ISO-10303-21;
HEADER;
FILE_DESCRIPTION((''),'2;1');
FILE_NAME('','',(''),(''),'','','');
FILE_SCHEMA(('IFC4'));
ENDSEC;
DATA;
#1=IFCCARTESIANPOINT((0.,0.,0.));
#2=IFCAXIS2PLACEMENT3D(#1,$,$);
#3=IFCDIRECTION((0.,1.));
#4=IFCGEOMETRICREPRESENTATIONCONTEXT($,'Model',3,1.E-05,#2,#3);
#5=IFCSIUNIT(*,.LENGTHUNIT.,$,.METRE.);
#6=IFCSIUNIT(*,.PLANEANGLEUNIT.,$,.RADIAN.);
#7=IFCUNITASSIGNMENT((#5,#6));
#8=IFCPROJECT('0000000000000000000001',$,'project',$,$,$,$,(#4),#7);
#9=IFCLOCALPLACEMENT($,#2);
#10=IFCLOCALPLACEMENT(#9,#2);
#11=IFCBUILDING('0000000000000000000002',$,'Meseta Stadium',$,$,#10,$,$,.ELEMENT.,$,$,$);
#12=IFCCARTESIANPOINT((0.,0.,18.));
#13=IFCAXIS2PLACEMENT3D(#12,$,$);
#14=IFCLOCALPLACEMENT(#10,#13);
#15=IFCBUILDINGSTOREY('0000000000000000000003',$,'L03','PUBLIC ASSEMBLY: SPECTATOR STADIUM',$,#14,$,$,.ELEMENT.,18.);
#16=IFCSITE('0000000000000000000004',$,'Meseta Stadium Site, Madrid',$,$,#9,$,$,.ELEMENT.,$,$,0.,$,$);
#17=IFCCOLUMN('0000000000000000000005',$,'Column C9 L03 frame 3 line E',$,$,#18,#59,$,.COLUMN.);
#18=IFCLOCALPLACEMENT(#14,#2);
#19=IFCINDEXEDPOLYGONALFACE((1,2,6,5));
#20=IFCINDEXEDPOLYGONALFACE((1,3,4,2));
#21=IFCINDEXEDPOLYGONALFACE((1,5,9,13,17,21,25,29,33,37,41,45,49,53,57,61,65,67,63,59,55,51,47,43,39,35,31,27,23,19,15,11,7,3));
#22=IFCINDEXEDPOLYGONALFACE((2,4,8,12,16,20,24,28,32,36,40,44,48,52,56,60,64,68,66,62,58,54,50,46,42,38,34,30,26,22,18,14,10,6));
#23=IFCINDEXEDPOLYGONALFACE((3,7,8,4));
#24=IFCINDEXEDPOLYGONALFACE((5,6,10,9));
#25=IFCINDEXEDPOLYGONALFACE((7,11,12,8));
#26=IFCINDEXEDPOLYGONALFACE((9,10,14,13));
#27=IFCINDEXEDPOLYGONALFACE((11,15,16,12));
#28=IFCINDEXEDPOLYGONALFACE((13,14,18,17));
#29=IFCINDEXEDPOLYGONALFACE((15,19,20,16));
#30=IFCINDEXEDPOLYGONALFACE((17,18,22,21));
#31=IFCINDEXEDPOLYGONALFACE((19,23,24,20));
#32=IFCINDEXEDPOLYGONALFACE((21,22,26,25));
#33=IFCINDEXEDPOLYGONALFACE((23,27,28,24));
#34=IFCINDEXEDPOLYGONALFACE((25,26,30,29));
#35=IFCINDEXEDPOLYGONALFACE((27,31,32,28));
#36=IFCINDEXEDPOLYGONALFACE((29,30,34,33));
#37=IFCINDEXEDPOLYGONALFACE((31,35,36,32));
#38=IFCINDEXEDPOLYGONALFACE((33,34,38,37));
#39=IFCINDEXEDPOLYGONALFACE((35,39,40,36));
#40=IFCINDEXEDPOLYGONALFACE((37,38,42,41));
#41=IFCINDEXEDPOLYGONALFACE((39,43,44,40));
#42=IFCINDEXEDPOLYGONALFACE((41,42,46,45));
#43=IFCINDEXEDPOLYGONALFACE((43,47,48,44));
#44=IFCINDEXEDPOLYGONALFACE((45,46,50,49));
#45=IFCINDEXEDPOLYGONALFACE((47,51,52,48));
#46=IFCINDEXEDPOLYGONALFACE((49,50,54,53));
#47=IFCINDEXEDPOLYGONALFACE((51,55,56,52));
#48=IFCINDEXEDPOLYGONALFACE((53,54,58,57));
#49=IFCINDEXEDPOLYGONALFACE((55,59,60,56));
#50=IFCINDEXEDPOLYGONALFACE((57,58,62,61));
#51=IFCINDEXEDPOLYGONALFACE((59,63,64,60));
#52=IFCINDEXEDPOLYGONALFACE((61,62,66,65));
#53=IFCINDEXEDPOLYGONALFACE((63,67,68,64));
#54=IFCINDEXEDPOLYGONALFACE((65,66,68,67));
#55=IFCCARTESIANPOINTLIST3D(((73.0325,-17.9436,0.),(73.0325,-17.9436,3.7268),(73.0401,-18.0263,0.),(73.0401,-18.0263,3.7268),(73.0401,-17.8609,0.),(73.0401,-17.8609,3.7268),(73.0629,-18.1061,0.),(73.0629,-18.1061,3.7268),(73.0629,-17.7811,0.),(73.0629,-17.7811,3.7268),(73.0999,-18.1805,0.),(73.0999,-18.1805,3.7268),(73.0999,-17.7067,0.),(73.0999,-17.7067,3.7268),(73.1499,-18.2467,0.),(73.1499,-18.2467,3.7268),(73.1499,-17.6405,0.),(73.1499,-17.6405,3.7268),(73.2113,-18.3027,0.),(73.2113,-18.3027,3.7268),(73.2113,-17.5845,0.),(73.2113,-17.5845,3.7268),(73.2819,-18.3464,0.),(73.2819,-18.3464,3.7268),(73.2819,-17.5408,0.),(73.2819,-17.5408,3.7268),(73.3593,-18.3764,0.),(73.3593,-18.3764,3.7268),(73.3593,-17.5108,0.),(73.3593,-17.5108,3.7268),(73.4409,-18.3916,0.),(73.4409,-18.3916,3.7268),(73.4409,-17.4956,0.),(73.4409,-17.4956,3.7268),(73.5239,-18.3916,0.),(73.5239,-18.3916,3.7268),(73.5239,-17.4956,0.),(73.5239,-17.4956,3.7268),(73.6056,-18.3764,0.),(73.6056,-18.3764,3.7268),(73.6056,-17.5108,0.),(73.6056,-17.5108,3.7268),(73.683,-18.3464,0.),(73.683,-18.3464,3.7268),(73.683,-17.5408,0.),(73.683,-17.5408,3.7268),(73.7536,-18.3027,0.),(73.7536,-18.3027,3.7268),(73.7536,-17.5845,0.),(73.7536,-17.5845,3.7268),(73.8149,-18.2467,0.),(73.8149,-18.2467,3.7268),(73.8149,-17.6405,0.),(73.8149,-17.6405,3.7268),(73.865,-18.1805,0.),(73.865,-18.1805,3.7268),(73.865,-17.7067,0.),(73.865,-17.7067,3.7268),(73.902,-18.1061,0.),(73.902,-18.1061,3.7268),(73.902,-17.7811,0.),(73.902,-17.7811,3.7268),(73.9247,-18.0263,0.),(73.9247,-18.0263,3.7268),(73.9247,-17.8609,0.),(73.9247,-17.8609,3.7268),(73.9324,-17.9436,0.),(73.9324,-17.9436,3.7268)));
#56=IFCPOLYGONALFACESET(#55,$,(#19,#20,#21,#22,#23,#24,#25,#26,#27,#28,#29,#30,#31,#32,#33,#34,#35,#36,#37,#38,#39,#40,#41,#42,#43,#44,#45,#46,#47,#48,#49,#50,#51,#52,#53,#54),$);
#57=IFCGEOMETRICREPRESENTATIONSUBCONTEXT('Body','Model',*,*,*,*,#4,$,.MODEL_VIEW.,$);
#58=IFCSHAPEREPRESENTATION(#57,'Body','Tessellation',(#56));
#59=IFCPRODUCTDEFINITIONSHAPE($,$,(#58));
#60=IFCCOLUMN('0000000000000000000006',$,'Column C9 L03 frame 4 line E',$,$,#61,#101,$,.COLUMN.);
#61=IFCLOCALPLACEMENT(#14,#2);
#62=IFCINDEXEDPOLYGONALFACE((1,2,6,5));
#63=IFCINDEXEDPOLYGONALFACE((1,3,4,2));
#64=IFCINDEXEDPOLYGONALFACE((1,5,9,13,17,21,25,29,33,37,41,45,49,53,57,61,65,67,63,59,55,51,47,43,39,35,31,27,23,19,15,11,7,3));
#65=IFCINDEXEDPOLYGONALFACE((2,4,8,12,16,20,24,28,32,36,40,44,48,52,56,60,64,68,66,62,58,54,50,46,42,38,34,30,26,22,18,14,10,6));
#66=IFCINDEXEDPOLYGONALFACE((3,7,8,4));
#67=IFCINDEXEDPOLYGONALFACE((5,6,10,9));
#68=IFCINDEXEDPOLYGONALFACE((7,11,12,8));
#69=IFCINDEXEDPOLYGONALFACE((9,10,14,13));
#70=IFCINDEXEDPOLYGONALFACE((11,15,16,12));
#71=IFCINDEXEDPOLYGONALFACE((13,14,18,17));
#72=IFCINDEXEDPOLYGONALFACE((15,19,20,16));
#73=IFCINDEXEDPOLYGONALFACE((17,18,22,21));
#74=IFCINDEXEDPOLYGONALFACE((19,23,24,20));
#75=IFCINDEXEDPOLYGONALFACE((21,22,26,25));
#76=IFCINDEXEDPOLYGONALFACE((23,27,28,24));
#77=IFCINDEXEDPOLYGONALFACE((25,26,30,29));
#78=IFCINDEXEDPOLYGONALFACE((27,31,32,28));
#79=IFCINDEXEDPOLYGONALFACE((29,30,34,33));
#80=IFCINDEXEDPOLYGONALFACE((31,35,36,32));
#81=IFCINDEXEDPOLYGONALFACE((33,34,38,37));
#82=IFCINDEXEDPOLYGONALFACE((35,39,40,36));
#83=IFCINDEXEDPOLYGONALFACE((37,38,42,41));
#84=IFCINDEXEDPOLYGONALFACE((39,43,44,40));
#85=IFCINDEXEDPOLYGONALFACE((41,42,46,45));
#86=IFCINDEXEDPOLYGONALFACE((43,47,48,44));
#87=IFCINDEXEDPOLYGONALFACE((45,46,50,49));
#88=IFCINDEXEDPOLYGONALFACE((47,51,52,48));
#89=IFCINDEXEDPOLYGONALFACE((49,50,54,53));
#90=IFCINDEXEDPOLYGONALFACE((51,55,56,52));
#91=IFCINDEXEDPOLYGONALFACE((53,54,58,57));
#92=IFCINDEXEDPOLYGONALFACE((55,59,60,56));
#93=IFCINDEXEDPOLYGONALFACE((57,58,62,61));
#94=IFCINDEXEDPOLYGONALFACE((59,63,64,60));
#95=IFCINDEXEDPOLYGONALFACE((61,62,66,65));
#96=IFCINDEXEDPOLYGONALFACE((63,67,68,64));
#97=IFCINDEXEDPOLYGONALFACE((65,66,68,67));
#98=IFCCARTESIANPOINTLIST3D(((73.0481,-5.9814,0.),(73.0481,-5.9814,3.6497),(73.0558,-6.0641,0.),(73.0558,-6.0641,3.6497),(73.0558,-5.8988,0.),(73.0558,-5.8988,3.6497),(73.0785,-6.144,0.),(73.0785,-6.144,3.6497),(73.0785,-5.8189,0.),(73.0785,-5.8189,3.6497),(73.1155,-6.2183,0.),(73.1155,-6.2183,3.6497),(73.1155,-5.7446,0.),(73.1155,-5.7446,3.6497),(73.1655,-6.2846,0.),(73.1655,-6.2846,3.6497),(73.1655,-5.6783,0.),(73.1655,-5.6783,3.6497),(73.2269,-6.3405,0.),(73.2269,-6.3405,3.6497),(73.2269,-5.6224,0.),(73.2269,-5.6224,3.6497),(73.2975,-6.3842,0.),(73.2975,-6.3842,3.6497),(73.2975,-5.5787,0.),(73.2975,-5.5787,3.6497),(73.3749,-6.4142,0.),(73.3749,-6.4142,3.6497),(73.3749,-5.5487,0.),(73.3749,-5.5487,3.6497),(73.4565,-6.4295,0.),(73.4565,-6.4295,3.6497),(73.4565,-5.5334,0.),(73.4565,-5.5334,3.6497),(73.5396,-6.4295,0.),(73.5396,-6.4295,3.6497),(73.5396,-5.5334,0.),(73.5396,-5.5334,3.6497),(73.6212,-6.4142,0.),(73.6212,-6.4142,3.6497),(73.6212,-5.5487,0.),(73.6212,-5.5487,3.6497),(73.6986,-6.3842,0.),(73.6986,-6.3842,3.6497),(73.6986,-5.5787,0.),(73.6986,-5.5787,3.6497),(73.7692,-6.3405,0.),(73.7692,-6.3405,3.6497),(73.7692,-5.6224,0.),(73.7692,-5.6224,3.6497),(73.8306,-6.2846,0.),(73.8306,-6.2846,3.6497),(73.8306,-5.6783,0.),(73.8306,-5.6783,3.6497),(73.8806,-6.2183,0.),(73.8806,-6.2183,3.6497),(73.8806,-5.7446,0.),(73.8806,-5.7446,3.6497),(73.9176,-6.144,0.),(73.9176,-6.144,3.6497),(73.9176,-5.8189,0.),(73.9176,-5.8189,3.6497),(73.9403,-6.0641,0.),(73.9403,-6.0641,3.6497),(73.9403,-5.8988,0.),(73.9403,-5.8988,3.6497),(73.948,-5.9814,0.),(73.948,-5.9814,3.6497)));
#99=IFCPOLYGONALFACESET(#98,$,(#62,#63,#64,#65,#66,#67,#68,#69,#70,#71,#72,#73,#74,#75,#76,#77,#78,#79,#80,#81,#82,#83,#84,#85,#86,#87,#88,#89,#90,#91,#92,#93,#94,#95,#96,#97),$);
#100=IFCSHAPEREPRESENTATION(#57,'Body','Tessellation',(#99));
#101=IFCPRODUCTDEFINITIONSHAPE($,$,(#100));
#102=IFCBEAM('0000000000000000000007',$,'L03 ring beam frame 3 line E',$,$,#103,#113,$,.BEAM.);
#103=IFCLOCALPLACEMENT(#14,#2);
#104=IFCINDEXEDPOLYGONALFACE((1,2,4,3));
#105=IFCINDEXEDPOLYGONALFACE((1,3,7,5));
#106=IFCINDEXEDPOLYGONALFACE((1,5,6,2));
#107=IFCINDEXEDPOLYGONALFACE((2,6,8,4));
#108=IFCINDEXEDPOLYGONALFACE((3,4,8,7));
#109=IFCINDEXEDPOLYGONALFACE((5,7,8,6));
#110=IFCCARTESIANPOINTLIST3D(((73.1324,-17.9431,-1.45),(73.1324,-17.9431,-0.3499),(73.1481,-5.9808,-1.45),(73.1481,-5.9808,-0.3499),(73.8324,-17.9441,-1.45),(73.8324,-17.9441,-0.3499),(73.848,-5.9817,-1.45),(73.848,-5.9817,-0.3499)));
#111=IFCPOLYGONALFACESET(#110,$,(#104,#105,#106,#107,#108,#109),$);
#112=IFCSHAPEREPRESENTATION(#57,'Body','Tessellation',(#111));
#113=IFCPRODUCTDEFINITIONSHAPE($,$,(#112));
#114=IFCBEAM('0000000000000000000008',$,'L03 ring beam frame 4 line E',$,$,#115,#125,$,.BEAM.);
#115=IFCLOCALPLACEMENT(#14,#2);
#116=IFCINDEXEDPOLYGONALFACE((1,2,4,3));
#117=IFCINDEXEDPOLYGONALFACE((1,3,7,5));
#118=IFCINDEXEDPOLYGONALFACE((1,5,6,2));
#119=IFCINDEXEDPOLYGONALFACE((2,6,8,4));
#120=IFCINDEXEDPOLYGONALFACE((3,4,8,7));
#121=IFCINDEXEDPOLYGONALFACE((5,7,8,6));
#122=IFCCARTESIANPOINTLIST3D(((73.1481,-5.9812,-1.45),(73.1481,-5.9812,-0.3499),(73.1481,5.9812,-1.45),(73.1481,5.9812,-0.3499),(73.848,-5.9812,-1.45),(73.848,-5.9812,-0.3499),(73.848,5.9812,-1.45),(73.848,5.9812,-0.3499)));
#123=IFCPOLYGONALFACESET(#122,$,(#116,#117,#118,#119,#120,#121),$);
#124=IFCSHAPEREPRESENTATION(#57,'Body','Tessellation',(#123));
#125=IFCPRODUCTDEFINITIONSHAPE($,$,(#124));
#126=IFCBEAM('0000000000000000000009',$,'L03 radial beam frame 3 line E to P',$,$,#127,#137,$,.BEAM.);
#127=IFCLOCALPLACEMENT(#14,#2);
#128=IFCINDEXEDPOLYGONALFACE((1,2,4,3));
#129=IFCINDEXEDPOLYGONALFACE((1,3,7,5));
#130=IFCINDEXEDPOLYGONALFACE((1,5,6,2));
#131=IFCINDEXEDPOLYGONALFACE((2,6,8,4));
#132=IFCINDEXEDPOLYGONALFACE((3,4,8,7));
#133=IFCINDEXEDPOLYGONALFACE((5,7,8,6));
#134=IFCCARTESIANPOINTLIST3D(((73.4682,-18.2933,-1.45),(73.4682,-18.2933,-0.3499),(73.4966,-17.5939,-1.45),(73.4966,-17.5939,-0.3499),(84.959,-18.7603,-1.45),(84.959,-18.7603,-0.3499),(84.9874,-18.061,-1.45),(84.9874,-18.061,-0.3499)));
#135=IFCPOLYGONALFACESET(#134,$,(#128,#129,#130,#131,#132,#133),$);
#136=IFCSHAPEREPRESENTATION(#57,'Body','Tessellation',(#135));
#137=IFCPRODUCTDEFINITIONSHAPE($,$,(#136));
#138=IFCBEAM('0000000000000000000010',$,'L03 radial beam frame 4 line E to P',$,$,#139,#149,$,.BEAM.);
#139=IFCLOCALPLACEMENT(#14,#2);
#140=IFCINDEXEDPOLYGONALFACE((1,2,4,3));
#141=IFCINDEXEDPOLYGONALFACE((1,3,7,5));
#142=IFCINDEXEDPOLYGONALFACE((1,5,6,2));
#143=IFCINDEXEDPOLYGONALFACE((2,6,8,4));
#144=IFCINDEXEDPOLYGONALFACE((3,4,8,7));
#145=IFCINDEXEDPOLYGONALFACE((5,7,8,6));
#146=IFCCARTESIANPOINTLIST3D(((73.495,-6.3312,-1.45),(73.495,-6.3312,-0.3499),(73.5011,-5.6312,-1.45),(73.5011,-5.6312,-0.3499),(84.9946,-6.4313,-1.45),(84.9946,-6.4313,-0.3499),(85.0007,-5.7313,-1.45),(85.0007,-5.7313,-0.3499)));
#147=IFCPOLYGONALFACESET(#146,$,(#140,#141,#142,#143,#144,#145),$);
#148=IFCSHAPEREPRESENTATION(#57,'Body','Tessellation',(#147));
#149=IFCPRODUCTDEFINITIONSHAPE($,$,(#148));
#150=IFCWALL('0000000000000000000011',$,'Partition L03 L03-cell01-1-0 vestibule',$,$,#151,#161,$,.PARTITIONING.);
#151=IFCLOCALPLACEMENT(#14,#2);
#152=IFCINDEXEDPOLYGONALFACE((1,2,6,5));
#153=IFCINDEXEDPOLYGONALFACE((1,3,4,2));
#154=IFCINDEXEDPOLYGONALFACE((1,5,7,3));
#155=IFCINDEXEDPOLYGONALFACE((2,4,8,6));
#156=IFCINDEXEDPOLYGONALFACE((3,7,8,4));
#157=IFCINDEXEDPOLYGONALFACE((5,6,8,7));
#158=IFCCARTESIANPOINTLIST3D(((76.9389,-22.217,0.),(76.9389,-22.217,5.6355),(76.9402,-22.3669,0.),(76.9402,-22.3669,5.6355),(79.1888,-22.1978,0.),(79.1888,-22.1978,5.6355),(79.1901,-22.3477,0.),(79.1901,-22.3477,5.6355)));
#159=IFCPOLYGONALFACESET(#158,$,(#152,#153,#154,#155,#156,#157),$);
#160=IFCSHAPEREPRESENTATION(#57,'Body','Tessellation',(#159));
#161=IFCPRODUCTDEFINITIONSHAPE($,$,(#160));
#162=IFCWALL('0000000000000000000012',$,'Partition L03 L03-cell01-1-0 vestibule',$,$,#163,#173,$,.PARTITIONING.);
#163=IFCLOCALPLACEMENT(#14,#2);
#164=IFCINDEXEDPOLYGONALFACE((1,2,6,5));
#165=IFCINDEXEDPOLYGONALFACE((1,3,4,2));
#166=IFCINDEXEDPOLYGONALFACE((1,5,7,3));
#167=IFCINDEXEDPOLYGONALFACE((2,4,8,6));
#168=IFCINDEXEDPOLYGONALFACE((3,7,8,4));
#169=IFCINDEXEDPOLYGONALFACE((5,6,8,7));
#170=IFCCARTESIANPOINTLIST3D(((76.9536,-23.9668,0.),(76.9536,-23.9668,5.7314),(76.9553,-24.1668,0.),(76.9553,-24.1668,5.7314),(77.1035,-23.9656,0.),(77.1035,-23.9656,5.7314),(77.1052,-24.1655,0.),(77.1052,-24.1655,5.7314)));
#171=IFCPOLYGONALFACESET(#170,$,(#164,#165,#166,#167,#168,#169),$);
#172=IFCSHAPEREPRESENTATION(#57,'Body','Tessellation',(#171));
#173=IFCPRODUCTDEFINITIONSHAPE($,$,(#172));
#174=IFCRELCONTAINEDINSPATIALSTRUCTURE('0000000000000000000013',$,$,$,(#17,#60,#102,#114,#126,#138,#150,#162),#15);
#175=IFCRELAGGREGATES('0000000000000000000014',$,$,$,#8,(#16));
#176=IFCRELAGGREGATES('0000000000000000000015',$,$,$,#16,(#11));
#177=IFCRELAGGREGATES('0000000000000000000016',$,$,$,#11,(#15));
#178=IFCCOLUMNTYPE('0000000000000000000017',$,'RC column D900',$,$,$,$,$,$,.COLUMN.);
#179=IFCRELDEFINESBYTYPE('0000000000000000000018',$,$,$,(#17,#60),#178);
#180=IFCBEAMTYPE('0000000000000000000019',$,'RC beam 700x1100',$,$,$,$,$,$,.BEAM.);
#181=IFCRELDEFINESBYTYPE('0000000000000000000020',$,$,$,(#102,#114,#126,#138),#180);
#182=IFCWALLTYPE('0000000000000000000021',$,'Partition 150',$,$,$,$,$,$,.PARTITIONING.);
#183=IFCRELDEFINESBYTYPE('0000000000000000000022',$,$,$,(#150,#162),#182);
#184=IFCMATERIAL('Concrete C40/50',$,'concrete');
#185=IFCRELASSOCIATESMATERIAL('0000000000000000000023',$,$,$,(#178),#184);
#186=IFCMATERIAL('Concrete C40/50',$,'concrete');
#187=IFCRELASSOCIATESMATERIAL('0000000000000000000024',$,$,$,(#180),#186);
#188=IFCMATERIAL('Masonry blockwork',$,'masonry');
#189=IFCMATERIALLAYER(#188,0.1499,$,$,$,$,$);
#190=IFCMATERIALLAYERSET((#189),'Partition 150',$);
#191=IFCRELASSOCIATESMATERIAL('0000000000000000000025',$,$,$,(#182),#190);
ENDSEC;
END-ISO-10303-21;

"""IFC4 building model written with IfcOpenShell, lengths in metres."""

from ifc_helpers import new_model, si_unit, direction, frame, frame_2d, origin, origin_2d, place, context, subcontext, project, spatial, rectangle, circle, extrude, material, layer, layer_set, material_profile, profile_set, type_object, element, save


model = new_model("IFC4")

# Units and contexts
model_context = context("Model", 3, precision=1e-05, world=origin(), true_north=direction((0.0, 1.0)))
body_context = subcontext(model_context, "Body", "Model", "MODEL_VIEW")
ifc_project = project(units=[si_unit("LENGTHUNIT", "METRE"), si_unit("PLANEANGLEUNIT", "RADIAN")], contexts=[model_context])

# Site, building, storey
site_placement = place(None, origin())
site = spatial("IfcSite", under=ifc_project, at=site_placement, Name="Meseta Stadium Site, Madrid", CompositionType="ELEMENT", RefElevation=0.0)
building_placement = place(site_placement, origin())
building = spatial("IfcBuilding", under=site, at=building_placement, Name="Meseta Stadium", CompositionType="ELEMENT")
storey_placement = place(building_placement, frame((0.0, 0.0, 18.0)))
storey = spatial("IfcBuildingStorey", under=building, at=storey_placement, Name="L03", Description="PUBLIC ASSEMBLY: SPECTATOR STADIUM", CompositionType="ELEMENT", Elevation=18.0)

# Columns
ifc_material_1 = material(Name="Concrete C40/50", Category="concrete")
ifc_material_profile_1 = material_profile(ifc_material_1, circle(Radius=0.45, at=origin_2d()), Name="RC D900")
ifc_profile_set_1 = profile_set([ifc_material_profile_1], Name="Concrete C40/50")
column_type = type_object("IfcColumnType", Name="RC column D900", PredefinedType="COLUMN", material=ifc_profile_set_1)
column_1_placement = place(storey_placement, frame((73.4824, -17.9436, 0.0), z_axis=(0.0, 0.0, 1.0), x_axis=(1.0, 0.0, 0.0)))
element("IfcColumn", 1, at=column_1_placement, inside=storey, type_object=column_type, Name="Column C9 L03 frame 3 line E", PredefinedType="COLUMN", context=body_context, shape_type="SweptSolid", body=[
    extrude(circle(Radius=0.45, at=origin_2d()), origin(), (0.0, 0.0, 1.0), 3.7268),
])
column_2_placement = place(storey_placement, frame((73.498, -5.9814, 0.0), z_axis=(0.0, 0.0, 1.0), x_axis=(1.0, 0.0, 0.0)))
element("IfcColumn", 2, at=column_2_placement, inside=storey, type_object=column_type, Name="Column C9 L03 frame 4 line E", PredefinedType="COLUMN", context=body_context, shape_type="SweptSolid", body=[
    extrude(circle(Radius=0.45, at=origin_2d()), origin(), (0.0, 0.0, 1.0), 3.6497),
])

# Beams
ifc_material_2 = material(Name="Concrete C40/50", Category="concrete")
ifc_material_profile_2 = material_profile(ifc_material_2, rectangle(XDim=0.7, YDim=1.1001, at=origin_2d()), Name="RC 700x1100")
ifc_profile_set_2 = profile_set([ifc_material_profile_2], Name="Concrete C40/50")
beam_type = type_object("IfcBeamType", Name="RC beam 700x1100", PredefinedType="BEAM", material=ifc_profile_set_2)
for number, where, z_axis, x_axis, name in (
    (3, (73.4824, -17.9436, -0.8999), (0.001306, 0.999999, 0.0), (-0.999999, 0.001306, 0.0), "L03 ring beam frame 3 line E"),
    (4, (73.498, -5.9812, -0.8999), (0.0, 1.0, 0.0), (-1.0, 0.0, 0.0), "L03 ring beam frame 4 line E"),
):
    element("IfcBeam", number, at=place(storey_placement, frame(where, z_axis=z_axis, x_axis=x_axis)), inside=storey, type_object=beam_type, Name=name, PredefinedType="BEAM", context=body_context, shape_type="SweptSolid", body=[
        extrude(rectangle(XDim=0.7, YDim=1.1001, at=origin_2d()), origin(), (0.0, 0.0, 1.0), 11.9624),
    ])
beam_1_placement = place(storey_placement, frame((73.4824, -17.9436, -0.8999), z_axis=(0.999175, -0.040612, 0.0), x_axis=(0.040612, 0.999175, 0.0)))
element("IfcBeam", 5, at=beam_1_placement, inside=storey, type_object=beam_type, Name="L03 radial beam frame 3 line E to P", PredefinedType="BEAM", context=body_context, shape_type="SweptSolid", body=[
    extrude(rectangle(XDim=0.7, YDim=1.1001, at=origin_2d()), origin(), (0.0, 0.0, 1.0), 11.5002),
])
beam_2_placement = place(storey_placement, frame((73.498, -5.9812, -0.8999), z_axis=(0.999962, -0.008704, 0.0), x_axis=(0.008704, 0.999962, 0.0)))
element("IfcBeam", 6, at=beam_2_placement, inside=storey, type_object=beam_type, Name="L03 radial beam frame 4 line E to P", PredefinedType="BEAM", context=body_context, shape_type="SweptSolid", body=[
    extrude(rectangle(XDim=0.7, YDim=1.1001, at=origin_2d()), origin(), (0.0, 0.0, 1.0), 11.5),
])

# Walls
ifc_material_3 = material(Name="Masonry blockwork", Category="masonry")
ifc_layer = layer(ifc_material_3, 0.1499)
ifc_layer_set = layer_set([ifc_layer], Name="Partition 150")
wall_type = type_object("IfcWallType", Name="Partition 150", PredefinedType="PARTITIONING", material=ifc_layer_set)
wall_1_placement = place(storey_placement, frame((79.1895, -22.2727, 0.0), z_axis=(0.0, 0.0, 1.0), x_axis=(-0.999963, -0.008572, 0.0)))
element("IfcWall", 7, at=wall_1_placement, inside=storey, type_object=wall_type, Name="Partition L03 L03-cell01-1-0 vestibule", PredefinedType="PARTITIONING", context=body_context, shape_type="SweptSolid", body=[
    extrude(rectangle(XDim=2.25, YDim=0.1499, at=frame_2d((1.125, 0.0))), origin(), (0.0, 0.0, 1.0), 5.6355),
])
wall_2_placement = place(storey_placement, frame((77.0303, -24.1663, 0.0), z_axis=(0.0, 0.0, 1.0), x_axis=(-0.008547, 0.999963, 0.0)))
element("IfcWall", 8, at=wall_2_placement, inside=storey, type_object=wall_type, Name="Partition L03 L03-cell01-1-0 vestibule", PredefinedType="PARTITIONING", context=body_context, shape_type="SweptSolid", body=[
    extrude(rectangle(XDim=0.2, YDim=0.1499, at=frame_2d((0.1001, 0.0))), origin(), (0.0, 0.0, 1.0), 5.7314),
])

save(model, "model.ifc")
